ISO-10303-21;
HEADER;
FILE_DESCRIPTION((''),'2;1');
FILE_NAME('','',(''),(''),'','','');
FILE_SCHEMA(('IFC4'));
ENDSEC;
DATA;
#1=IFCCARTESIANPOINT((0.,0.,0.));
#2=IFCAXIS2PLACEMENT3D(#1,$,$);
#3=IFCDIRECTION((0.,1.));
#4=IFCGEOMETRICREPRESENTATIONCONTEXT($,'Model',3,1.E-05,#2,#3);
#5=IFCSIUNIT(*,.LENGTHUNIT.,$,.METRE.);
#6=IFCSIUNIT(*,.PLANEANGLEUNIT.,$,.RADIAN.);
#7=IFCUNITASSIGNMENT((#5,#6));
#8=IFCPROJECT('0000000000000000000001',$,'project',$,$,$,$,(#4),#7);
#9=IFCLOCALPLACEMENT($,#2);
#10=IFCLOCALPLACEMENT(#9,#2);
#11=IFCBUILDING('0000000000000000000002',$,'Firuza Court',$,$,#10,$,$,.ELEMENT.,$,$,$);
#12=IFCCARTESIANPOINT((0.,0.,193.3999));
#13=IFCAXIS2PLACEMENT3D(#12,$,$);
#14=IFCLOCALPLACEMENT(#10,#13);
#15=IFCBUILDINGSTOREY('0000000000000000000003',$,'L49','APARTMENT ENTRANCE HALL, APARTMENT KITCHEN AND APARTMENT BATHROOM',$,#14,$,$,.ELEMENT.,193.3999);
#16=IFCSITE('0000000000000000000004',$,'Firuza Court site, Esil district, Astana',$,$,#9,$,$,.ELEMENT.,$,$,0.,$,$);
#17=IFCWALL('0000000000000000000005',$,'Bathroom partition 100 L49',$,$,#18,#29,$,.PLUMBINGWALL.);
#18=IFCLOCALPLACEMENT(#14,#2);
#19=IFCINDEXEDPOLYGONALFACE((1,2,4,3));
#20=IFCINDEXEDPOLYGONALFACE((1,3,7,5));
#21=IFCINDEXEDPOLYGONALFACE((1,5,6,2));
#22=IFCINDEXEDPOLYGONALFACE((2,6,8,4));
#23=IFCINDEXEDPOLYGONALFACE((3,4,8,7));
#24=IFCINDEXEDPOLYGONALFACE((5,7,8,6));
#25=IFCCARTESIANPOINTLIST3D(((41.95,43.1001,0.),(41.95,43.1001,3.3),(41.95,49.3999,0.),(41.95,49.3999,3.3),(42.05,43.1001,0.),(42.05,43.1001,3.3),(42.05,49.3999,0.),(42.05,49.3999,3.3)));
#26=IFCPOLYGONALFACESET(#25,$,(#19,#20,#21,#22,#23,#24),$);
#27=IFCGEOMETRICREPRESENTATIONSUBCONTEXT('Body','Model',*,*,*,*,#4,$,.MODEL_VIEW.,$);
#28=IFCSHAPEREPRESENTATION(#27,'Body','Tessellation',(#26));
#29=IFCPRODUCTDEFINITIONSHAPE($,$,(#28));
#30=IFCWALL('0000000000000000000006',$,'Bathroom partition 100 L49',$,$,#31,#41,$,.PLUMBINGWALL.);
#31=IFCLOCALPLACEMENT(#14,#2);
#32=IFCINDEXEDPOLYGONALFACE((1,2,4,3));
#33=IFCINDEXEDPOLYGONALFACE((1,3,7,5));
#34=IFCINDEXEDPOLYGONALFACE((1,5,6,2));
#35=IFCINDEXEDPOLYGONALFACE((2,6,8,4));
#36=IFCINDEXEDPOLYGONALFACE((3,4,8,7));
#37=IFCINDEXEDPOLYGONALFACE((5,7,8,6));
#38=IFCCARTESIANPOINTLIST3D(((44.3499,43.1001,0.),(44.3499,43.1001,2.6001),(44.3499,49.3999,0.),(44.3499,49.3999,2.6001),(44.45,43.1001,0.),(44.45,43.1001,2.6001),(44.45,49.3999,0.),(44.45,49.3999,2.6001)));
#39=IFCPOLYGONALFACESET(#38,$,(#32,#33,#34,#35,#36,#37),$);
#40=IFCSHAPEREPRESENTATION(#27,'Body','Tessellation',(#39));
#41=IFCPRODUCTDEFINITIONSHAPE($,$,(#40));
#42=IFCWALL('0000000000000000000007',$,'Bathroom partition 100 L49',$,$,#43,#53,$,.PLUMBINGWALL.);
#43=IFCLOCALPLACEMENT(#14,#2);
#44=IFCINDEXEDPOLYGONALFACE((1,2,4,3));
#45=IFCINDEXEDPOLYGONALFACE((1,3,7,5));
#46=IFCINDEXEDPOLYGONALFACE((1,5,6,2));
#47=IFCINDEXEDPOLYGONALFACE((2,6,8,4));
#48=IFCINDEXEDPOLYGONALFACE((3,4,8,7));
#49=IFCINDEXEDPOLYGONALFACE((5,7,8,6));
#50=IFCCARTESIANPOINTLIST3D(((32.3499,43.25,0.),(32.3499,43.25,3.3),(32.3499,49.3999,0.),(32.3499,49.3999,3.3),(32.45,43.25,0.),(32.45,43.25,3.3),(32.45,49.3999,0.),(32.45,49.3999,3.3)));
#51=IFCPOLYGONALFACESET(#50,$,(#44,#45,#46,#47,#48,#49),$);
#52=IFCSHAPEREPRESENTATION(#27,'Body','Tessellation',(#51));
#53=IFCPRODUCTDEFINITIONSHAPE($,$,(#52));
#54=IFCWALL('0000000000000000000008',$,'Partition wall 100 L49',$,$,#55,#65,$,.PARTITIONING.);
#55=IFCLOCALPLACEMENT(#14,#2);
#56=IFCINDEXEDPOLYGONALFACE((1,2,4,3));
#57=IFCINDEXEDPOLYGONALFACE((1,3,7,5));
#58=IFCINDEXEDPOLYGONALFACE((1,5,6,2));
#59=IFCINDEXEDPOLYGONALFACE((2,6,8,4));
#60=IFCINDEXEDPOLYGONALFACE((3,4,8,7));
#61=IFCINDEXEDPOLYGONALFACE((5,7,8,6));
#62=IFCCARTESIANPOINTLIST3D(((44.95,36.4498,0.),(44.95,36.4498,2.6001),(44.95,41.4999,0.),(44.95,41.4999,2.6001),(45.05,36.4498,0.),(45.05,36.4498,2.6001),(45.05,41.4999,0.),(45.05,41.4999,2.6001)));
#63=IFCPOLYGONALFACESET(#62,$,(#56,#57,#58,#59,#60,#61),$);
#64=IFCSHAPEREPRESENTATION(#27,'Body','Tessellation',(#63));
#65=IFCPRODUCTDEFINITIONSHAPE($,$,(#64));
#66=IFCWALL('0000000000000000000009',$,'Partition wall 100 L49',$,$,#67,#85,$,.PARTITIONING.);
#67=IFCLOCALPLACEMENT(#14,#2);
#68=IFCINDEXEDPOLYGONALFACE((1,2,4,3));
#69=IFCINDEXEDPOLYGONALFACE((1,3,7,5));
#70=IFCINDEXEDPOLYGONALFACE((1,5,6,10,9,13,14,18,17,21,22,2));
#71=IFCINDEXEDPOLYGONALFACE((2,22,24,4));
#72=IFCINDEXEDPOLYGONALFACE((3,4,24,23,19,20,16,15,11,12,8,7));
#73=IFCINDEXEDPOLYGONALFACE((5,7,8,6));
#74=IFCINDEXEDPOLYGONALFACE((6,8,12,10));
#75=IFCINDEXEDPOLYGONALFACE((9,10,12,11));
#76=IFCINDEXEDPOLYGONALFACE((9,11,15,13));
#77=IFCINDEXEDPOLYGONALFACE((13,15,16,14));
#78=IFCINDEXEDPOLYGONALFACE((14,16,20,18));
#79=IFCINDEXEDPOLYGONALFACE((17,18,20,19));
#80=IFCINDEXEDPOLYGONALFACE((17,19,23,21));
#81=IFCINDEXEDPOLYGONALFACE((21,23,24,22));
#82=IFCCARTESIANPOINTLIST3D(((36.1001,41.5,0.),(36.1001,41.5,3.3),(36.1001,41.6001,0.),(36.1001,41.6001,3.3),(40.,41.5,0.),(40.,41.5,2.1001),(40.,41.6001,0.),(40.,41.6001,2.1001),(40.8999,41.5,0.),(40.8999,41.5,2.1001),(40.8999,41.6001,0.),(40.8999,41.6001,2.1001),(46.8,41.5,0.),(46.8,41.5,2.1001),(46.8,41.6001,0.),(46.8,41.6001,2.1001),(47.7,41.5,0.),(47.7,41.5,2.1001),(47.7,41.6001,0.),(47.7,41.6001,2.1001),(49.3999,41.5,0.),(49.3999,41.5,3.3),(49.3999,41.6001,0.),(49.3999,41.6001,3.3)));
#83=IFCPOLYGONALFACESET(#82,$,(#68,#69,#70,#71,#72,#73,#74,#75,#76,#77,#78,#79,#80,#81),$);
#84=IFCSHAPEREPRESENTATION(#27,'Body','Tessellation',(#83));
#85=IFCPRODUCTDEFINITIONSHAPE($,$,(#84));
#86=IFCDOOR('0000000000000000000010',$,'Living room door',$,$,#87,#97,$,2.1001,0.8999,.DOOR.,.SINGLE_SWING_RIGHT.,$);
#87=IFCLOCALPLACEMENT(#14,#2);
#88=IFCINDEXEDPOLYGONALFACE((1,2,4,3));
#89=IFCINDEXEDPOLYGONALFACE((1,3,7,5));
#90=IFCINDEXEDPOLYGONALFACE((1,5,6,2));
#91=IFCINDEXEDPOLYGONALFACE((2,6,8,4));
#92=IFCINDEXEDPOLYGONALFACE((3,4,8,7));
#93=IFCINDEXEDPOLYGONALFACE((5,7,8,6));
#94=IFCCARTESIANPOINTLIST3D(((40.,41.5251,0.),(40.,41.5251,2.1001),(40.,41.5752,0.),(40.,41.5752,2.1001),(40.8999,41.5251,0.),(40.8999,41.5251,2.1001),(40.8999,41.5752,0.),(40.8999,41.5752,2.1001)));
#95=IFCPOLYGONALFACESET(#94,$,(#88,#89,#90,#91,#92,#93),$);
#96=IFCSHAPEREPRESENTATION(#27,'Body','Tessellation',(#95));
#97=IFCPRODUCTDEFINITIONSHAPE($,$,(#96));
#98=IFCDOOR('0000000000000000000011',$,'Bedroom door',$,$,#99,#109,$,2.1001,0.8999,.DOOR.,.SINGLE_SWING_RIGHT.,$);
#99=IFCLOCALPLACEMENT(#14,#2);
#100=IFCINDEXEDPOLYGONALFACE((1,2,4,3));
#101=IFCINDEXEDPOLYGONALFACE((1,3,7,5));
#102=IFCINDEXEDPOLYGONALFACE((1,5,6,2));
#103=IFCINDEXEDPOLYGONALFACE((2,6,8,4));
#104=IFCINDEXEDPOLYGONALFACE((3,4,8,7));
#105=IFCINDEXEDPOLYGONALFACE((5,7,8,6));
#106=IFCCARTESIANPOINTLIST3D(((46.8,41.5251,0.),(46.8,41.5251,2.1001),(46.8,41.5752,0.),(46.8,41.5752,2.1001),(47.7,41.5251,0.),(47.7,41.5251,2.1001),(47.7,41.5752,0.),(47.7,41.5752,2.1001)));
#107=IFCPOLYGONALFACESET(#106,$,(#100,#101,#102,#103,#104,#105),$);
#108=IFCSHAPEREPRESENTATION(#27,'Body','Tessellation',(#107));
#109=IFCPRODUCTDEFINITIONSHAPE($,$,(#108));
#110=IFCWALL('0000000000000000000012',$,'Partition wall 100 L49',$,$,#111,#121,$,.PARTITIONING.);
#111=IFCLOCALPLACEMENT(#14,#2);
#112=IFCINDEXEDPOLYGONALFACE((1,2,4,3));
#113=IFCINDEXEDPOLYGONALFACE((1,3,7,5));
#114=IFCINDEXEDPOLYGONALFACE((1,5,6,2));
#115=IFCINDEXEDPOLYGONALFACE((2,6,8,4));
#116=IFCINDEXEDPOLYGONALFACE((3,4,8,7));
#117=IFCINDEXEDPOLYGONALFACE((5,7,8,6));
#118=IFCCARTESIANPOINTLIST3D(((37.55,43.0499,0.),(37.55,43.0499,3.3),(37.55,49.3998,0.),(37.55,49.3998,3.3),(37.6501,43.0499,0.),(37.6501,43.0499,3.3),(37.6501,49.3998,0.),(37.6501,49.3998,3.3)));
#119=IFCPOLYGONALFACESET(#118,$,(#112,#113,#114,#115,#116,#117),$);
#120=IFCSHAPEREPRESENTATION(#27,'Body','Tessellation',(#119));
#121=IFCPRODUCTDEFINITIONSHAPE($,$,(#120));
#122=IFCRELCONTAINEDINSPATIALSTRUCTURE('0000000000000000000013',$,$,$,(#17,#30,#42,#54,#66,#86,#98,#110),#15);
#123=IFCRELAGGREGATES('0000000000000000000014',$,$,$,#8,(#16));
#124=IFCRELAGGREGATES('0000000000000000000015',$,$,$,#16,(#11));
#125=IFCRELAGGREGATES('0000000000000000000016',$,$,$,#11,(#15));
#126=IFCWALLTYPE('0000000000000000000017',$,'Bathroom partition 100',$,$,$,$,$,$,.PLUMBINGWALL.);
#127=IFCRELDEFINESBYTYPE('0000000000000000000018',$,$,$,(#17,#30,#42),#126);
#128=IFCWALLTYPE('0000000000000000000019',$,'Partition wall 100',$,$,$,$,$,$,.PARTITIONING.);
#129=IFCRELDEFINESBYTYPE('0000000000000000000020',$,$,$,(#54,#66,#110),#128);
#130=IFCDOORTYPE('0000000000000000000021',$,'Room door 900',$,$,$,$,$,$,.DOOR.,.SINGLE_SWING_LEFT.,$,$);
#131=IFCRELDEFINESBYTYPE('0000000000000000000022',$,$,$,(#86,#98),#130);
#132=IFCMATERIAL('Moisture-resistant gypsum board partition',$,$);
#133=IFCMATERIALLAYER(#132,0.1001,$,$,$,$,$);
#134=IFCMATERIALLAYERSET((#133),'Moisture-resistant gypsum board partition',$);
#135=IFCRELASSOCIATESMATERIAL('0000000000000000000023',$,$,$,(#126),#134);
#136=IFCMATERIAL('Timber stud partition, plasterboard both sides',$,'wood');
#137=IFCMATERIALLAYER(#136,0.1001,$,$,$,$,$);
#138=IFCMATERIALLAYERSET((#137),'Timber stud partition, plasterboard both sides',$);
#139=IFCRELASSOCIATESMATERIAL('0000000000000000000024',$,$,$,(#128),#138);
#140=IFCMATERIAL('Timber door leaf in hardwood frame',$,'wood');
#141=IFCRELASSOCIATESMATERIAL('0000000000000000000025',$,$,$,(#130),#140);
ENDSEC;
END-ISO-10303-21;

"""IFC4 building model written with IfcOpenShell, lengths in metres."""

from ifc_helpers import new_model, si_unit, direction, frame, frame_2d, origin, place, context, subcontext, project, spatial, rectangle, extrude, material, layer, layer_set, type_object, element, fill, save


model = new_model("IFC4")

# Units and contexts
model_context = context("Model", 3, precision=1e-05, world=origin(), true_north=direction((0.0, 1.0)))
body_context = subcontext(model_context, "Body", "Model", "MODEL_VIEW")
ifc_project = project(units=[si_unit("LENGTHUNIT", "METRE"), si_unit("PLANEANGLEUNIT", "RADIAN")], contexts=[model_context])

# Site, building, storey
site_placement = place(None, origin())
site = spatial("IfcSite", under=ifc_project, at=site_placement, Name="Firuza Court site, Esil district, Astana", CompositionType="ELEMENT", RefElevation=0.0)
building_placement = place(site_placement, origin())
building = spatial("IfcBuilding", under=site, at=building_placement, Name="Firuza Court", CompositionType="ELEMENT")
storey_placement = place(building_placement, frame((0.0, 0.0, 193.3999)))
storey = spatial("IfcBuildingStorey", under=building, at=storey_placement, Name="L49", Description="APARTMENT ENTRANCE HALL, APARTMENT KITCHEN AND APARTMENT BATHROOM", CompositionType="ELEMENT", Elevation=193.3999)

# Walls
ifc_material_1 = material(Name="Moisture-resistant gypsum board partition")
ifc_layer_1 = layer(ifc_material_1, 0.1001)
ifc_layer_set_1 = layer_set([ifc_layer_1], Name="Moisture-resistant gypsum board partition")
wall_type_1 = type_object("IfcWallType", Name="Bathroom partition 100", PredefinedType="PLUMBINGWALL", material=ifc_layer_set_1)
wall_1_placement = place(storey_placement, frame((42.0, 43.1001, 0.0), z_axis=(0.0, 0.0, 1.0), x_axis=(0.0, 1.0, 0.0)))
element("IfcWall", 1, at=wall_1_placement, inside=storey, type_object=wall_type_1, Name="Bathroom partition 100 L49", PredefinedType="PLUMBINGWALL", context=body_context, shape_type="SweptSolid", body=[
    extrude(rectangle(XDim=6.2998, YDim=0.1001, at=frame_2d((3.1499, 0.0))), origin(), (0.0, 0.0, 1.0), 3.3),
])
wall_2_placement = place(storey_placement, frame((44.3999, 43.1001, 0.0), z_axis=(0.0, 0.0, 1.0), x_axis=(0.0, 1.0, 0.0)))
element("IfcWall", 2, at=wall_2_placement, inside=storey, type_object=wall_type_1, Name="Bathroom partition 100 L49", PredefinedType="PLUMBINGWALL", context=body_context, shape_type="SweptSolid", body=[
    extrude(rectangle(XDim=6.2998, YDim=0.1001, at=frame_2d((3.1499, 0.0))), origin(), (0.0, 0.0, 1.0), 2.6001),
])
wall_3_placement = place(storey_placement, frame((32.3999, 43.25, 0.0), z_axis=(0.0, 0.0, 1.0), x_axis=(0.0, 1.0, 0.0)))
element("IfcWall", 3, at=wall_3_placement, inside=storey, type_object=wall_type_1, Name="Bathroom partition 100 L49", PredefinedType="PLUMBINGWALL", context=body_context, shape_type="SweptSolid", body=[
    extrude(rectangle(XDim=6.1499, YDim=0.1001, at=frame_2d((3.075, 0.0))), origin(), (0.0, 0.0, 1.0), 3.3),
])
ifc_material_2 = material(Name="Timber stud partition, plasterboard both sides", Category="wood")
ifc_layer_2 = layer(ifc_material_2, 0.1001)
ifc_layer_set_2 = layer_set([ifc_layer_2], Name="Timber stud partition, plasterboard both sides")
wall_type_2 = type_object("IfcWallType", Name="Partition wall 100", PredefinedType="PARTITIONING", material=ifc_layer_set_2)
wall_4_placement = place(storey_placement, frame((45.0, 36.45, 0.0), z_axis=(0.0, 0.0, 1.0), x_axis=(0.0, 1.0, 0.0)))
element("IfcWall", 4, at=wall_4_placement, inside=storey, type_object=wall_type_2, Name="Partition wall 100 L49", PredefinedType="PARTITIONING", context=body_context, shape_type="SweptSolid", body=[
    extrude(rectangle(XDim=5.05, YDim=0.1001, at=frame_2d((2.5249, 0.0))), origin(), (0.0, 0.0, 1.0), 2.6001),
])

# Wall, openings, doors
wall_5_placement = place(storey_placement, frame((36.1001, 41.55, 0.0), z_axis=(0.0, 0.0, 1.0), x_axis=(1.0, 0.0, 0.0)))
wall_5 = element("IfcWall", 5, at=wall_5_placement, inside=storey, type_object=wall_type_2, Name="Partition wall 100 L49", PredefinedType="PARTITIONING", context=body_context, shape_type="SweptSolid", body=[
    extrude(rectangle(XDim=13.2998, YDim=0.1001, at=frame_2d((6.6499, 0.0))), origin(), (0.0, 0.0, 1.0), 3.3),
])
opening_1_placement = place(wall_5_placement, frame((3.8999, 0.0, 0.0)))
opening_1 = element("IfcOpeningElement", 6, at=opening_1_placement, cuts=wall_5, PredefinedType="OPENING", context=body_context, shape_type="SweptSolid", body=[
    extrude(rectangle(XDim=0.8999, YDim=2.1001, at=frame_2d((0.45, 1.05))), frame((0.0, 0.062, 0.0), z_axis=(0.0, -1.0, 0.0), x_axis=(1.0, 0.0, 0.0)), (0.0, 0.0, 1.0), 0.124),
])
opening_2_placement = place(wall_5_placement, frame((10.7, 0.0, 0.0)))
opening_2 = element("IfcOpeningElement", 7, at=opening_2_placement, cuts=wall_5, PredefinedType="OPENING", context=body_context, shape_type="SweptSolid", body=[
    extrude(rectangle(XDim=0.8999, YDim=2.1001, at=frame_2d((0.45, 1.05))), frame((0.0, 0.062, 0.0), z_axis=(0.0, -1.0, 0.0), x_axis=(1.0, 0.0, 0.0)), (0.0, 0.0, 1.0), 0.124),
])
ifc_material_3 = material(Name="Timber door leaf in hardwood frame", Category="wood")
door_type_1 = type_object("IfcDoorType", Name="Room door 900", OperationType="SINGLE_SWING_LEFT", PredefinedType="DOOR", material=ifc_material_3)
door_1_placement = place(opening_1_placement, frame((0.8999, 0.0, 0.0), z_axis=(0.0, 0.0, 1.0), x_axis=(-1.0, 0.0, 0.0)))
door_1 = element("IfcDoor", 8, at=door_1_placement, inside=storey, type_object=door_type_1, Name="Living room door", OperationType="SINGLE_SWING_RIGHT", OverallHeight=2.1001, OverallWidth=0.8999, PredefinedType="DOOR", context=body_context, shape_type="SweptSolid", body=[
    extrude(rectangle(XDim=0.8999, YDim=2.1001, at=frame_2d((0.45, 1.05))), frame((0.0, 0.0249, 0.0), z_axis=(0.0, -1.0, 0.0), x_axis=(1.0, 0.0, 0.0)), (0.0, 0.0, 1.0), 0.05),
])
fill(opening_1, door_1)
door_2_placement = place(opening_2_placement, frame((0.8999, 0.0, 0.0), z_axis=(0.0, 0.0, 1.0), x_axis=(-1.0, 0.0, 0.0)))
door_2 = element("IfcDoor", 9, at=door_2_placement, inside=storey, type_object=door_type_1, Name="Bedroom door", OperationType="SINGLE_SWING_RIGHT", OverallHeight=2.1001, OverallWidth=0.8999, PredefinedType="DOOR", context=body_context, shape_type="SweptSolid", body=[
    extrude(rectangle(XDim=0.8999, YDim=2.1001, at=frame_2d((0.45, 1.05))), frame((0.0, 0.0249, 0.0), z_axis=(0.0, -1.0, 0.0), x_axis=(1.0, 0.0, 0.0)), (0.0, 0.0, 1.0), 0.05),
])
fill(opening_2, door_2)

# Wall
wall_6_placement = place(storey_placement, frame((37.6001, 43.05, 0.0), z_axis=(0.0, 0.0, 1.0), x_axis=(0.0, 1.0, 0.0)))
element("IfcWall", 10, at=wall_6_placement, inside=storey, type_object=wall_type_2, Name="Partition wall 100 L49", PredefinedType="PARTITIONING", context=body_context, shape_type="SweptSolid", body=[
    extrude(rectangle(XDim=6.3499, YDim=0.1001, at=frame_2d((3.1748, 0.0))), origin(), (0.0, 0.0, 1.0), 3.3),
])

save(model, "model.ifc")
